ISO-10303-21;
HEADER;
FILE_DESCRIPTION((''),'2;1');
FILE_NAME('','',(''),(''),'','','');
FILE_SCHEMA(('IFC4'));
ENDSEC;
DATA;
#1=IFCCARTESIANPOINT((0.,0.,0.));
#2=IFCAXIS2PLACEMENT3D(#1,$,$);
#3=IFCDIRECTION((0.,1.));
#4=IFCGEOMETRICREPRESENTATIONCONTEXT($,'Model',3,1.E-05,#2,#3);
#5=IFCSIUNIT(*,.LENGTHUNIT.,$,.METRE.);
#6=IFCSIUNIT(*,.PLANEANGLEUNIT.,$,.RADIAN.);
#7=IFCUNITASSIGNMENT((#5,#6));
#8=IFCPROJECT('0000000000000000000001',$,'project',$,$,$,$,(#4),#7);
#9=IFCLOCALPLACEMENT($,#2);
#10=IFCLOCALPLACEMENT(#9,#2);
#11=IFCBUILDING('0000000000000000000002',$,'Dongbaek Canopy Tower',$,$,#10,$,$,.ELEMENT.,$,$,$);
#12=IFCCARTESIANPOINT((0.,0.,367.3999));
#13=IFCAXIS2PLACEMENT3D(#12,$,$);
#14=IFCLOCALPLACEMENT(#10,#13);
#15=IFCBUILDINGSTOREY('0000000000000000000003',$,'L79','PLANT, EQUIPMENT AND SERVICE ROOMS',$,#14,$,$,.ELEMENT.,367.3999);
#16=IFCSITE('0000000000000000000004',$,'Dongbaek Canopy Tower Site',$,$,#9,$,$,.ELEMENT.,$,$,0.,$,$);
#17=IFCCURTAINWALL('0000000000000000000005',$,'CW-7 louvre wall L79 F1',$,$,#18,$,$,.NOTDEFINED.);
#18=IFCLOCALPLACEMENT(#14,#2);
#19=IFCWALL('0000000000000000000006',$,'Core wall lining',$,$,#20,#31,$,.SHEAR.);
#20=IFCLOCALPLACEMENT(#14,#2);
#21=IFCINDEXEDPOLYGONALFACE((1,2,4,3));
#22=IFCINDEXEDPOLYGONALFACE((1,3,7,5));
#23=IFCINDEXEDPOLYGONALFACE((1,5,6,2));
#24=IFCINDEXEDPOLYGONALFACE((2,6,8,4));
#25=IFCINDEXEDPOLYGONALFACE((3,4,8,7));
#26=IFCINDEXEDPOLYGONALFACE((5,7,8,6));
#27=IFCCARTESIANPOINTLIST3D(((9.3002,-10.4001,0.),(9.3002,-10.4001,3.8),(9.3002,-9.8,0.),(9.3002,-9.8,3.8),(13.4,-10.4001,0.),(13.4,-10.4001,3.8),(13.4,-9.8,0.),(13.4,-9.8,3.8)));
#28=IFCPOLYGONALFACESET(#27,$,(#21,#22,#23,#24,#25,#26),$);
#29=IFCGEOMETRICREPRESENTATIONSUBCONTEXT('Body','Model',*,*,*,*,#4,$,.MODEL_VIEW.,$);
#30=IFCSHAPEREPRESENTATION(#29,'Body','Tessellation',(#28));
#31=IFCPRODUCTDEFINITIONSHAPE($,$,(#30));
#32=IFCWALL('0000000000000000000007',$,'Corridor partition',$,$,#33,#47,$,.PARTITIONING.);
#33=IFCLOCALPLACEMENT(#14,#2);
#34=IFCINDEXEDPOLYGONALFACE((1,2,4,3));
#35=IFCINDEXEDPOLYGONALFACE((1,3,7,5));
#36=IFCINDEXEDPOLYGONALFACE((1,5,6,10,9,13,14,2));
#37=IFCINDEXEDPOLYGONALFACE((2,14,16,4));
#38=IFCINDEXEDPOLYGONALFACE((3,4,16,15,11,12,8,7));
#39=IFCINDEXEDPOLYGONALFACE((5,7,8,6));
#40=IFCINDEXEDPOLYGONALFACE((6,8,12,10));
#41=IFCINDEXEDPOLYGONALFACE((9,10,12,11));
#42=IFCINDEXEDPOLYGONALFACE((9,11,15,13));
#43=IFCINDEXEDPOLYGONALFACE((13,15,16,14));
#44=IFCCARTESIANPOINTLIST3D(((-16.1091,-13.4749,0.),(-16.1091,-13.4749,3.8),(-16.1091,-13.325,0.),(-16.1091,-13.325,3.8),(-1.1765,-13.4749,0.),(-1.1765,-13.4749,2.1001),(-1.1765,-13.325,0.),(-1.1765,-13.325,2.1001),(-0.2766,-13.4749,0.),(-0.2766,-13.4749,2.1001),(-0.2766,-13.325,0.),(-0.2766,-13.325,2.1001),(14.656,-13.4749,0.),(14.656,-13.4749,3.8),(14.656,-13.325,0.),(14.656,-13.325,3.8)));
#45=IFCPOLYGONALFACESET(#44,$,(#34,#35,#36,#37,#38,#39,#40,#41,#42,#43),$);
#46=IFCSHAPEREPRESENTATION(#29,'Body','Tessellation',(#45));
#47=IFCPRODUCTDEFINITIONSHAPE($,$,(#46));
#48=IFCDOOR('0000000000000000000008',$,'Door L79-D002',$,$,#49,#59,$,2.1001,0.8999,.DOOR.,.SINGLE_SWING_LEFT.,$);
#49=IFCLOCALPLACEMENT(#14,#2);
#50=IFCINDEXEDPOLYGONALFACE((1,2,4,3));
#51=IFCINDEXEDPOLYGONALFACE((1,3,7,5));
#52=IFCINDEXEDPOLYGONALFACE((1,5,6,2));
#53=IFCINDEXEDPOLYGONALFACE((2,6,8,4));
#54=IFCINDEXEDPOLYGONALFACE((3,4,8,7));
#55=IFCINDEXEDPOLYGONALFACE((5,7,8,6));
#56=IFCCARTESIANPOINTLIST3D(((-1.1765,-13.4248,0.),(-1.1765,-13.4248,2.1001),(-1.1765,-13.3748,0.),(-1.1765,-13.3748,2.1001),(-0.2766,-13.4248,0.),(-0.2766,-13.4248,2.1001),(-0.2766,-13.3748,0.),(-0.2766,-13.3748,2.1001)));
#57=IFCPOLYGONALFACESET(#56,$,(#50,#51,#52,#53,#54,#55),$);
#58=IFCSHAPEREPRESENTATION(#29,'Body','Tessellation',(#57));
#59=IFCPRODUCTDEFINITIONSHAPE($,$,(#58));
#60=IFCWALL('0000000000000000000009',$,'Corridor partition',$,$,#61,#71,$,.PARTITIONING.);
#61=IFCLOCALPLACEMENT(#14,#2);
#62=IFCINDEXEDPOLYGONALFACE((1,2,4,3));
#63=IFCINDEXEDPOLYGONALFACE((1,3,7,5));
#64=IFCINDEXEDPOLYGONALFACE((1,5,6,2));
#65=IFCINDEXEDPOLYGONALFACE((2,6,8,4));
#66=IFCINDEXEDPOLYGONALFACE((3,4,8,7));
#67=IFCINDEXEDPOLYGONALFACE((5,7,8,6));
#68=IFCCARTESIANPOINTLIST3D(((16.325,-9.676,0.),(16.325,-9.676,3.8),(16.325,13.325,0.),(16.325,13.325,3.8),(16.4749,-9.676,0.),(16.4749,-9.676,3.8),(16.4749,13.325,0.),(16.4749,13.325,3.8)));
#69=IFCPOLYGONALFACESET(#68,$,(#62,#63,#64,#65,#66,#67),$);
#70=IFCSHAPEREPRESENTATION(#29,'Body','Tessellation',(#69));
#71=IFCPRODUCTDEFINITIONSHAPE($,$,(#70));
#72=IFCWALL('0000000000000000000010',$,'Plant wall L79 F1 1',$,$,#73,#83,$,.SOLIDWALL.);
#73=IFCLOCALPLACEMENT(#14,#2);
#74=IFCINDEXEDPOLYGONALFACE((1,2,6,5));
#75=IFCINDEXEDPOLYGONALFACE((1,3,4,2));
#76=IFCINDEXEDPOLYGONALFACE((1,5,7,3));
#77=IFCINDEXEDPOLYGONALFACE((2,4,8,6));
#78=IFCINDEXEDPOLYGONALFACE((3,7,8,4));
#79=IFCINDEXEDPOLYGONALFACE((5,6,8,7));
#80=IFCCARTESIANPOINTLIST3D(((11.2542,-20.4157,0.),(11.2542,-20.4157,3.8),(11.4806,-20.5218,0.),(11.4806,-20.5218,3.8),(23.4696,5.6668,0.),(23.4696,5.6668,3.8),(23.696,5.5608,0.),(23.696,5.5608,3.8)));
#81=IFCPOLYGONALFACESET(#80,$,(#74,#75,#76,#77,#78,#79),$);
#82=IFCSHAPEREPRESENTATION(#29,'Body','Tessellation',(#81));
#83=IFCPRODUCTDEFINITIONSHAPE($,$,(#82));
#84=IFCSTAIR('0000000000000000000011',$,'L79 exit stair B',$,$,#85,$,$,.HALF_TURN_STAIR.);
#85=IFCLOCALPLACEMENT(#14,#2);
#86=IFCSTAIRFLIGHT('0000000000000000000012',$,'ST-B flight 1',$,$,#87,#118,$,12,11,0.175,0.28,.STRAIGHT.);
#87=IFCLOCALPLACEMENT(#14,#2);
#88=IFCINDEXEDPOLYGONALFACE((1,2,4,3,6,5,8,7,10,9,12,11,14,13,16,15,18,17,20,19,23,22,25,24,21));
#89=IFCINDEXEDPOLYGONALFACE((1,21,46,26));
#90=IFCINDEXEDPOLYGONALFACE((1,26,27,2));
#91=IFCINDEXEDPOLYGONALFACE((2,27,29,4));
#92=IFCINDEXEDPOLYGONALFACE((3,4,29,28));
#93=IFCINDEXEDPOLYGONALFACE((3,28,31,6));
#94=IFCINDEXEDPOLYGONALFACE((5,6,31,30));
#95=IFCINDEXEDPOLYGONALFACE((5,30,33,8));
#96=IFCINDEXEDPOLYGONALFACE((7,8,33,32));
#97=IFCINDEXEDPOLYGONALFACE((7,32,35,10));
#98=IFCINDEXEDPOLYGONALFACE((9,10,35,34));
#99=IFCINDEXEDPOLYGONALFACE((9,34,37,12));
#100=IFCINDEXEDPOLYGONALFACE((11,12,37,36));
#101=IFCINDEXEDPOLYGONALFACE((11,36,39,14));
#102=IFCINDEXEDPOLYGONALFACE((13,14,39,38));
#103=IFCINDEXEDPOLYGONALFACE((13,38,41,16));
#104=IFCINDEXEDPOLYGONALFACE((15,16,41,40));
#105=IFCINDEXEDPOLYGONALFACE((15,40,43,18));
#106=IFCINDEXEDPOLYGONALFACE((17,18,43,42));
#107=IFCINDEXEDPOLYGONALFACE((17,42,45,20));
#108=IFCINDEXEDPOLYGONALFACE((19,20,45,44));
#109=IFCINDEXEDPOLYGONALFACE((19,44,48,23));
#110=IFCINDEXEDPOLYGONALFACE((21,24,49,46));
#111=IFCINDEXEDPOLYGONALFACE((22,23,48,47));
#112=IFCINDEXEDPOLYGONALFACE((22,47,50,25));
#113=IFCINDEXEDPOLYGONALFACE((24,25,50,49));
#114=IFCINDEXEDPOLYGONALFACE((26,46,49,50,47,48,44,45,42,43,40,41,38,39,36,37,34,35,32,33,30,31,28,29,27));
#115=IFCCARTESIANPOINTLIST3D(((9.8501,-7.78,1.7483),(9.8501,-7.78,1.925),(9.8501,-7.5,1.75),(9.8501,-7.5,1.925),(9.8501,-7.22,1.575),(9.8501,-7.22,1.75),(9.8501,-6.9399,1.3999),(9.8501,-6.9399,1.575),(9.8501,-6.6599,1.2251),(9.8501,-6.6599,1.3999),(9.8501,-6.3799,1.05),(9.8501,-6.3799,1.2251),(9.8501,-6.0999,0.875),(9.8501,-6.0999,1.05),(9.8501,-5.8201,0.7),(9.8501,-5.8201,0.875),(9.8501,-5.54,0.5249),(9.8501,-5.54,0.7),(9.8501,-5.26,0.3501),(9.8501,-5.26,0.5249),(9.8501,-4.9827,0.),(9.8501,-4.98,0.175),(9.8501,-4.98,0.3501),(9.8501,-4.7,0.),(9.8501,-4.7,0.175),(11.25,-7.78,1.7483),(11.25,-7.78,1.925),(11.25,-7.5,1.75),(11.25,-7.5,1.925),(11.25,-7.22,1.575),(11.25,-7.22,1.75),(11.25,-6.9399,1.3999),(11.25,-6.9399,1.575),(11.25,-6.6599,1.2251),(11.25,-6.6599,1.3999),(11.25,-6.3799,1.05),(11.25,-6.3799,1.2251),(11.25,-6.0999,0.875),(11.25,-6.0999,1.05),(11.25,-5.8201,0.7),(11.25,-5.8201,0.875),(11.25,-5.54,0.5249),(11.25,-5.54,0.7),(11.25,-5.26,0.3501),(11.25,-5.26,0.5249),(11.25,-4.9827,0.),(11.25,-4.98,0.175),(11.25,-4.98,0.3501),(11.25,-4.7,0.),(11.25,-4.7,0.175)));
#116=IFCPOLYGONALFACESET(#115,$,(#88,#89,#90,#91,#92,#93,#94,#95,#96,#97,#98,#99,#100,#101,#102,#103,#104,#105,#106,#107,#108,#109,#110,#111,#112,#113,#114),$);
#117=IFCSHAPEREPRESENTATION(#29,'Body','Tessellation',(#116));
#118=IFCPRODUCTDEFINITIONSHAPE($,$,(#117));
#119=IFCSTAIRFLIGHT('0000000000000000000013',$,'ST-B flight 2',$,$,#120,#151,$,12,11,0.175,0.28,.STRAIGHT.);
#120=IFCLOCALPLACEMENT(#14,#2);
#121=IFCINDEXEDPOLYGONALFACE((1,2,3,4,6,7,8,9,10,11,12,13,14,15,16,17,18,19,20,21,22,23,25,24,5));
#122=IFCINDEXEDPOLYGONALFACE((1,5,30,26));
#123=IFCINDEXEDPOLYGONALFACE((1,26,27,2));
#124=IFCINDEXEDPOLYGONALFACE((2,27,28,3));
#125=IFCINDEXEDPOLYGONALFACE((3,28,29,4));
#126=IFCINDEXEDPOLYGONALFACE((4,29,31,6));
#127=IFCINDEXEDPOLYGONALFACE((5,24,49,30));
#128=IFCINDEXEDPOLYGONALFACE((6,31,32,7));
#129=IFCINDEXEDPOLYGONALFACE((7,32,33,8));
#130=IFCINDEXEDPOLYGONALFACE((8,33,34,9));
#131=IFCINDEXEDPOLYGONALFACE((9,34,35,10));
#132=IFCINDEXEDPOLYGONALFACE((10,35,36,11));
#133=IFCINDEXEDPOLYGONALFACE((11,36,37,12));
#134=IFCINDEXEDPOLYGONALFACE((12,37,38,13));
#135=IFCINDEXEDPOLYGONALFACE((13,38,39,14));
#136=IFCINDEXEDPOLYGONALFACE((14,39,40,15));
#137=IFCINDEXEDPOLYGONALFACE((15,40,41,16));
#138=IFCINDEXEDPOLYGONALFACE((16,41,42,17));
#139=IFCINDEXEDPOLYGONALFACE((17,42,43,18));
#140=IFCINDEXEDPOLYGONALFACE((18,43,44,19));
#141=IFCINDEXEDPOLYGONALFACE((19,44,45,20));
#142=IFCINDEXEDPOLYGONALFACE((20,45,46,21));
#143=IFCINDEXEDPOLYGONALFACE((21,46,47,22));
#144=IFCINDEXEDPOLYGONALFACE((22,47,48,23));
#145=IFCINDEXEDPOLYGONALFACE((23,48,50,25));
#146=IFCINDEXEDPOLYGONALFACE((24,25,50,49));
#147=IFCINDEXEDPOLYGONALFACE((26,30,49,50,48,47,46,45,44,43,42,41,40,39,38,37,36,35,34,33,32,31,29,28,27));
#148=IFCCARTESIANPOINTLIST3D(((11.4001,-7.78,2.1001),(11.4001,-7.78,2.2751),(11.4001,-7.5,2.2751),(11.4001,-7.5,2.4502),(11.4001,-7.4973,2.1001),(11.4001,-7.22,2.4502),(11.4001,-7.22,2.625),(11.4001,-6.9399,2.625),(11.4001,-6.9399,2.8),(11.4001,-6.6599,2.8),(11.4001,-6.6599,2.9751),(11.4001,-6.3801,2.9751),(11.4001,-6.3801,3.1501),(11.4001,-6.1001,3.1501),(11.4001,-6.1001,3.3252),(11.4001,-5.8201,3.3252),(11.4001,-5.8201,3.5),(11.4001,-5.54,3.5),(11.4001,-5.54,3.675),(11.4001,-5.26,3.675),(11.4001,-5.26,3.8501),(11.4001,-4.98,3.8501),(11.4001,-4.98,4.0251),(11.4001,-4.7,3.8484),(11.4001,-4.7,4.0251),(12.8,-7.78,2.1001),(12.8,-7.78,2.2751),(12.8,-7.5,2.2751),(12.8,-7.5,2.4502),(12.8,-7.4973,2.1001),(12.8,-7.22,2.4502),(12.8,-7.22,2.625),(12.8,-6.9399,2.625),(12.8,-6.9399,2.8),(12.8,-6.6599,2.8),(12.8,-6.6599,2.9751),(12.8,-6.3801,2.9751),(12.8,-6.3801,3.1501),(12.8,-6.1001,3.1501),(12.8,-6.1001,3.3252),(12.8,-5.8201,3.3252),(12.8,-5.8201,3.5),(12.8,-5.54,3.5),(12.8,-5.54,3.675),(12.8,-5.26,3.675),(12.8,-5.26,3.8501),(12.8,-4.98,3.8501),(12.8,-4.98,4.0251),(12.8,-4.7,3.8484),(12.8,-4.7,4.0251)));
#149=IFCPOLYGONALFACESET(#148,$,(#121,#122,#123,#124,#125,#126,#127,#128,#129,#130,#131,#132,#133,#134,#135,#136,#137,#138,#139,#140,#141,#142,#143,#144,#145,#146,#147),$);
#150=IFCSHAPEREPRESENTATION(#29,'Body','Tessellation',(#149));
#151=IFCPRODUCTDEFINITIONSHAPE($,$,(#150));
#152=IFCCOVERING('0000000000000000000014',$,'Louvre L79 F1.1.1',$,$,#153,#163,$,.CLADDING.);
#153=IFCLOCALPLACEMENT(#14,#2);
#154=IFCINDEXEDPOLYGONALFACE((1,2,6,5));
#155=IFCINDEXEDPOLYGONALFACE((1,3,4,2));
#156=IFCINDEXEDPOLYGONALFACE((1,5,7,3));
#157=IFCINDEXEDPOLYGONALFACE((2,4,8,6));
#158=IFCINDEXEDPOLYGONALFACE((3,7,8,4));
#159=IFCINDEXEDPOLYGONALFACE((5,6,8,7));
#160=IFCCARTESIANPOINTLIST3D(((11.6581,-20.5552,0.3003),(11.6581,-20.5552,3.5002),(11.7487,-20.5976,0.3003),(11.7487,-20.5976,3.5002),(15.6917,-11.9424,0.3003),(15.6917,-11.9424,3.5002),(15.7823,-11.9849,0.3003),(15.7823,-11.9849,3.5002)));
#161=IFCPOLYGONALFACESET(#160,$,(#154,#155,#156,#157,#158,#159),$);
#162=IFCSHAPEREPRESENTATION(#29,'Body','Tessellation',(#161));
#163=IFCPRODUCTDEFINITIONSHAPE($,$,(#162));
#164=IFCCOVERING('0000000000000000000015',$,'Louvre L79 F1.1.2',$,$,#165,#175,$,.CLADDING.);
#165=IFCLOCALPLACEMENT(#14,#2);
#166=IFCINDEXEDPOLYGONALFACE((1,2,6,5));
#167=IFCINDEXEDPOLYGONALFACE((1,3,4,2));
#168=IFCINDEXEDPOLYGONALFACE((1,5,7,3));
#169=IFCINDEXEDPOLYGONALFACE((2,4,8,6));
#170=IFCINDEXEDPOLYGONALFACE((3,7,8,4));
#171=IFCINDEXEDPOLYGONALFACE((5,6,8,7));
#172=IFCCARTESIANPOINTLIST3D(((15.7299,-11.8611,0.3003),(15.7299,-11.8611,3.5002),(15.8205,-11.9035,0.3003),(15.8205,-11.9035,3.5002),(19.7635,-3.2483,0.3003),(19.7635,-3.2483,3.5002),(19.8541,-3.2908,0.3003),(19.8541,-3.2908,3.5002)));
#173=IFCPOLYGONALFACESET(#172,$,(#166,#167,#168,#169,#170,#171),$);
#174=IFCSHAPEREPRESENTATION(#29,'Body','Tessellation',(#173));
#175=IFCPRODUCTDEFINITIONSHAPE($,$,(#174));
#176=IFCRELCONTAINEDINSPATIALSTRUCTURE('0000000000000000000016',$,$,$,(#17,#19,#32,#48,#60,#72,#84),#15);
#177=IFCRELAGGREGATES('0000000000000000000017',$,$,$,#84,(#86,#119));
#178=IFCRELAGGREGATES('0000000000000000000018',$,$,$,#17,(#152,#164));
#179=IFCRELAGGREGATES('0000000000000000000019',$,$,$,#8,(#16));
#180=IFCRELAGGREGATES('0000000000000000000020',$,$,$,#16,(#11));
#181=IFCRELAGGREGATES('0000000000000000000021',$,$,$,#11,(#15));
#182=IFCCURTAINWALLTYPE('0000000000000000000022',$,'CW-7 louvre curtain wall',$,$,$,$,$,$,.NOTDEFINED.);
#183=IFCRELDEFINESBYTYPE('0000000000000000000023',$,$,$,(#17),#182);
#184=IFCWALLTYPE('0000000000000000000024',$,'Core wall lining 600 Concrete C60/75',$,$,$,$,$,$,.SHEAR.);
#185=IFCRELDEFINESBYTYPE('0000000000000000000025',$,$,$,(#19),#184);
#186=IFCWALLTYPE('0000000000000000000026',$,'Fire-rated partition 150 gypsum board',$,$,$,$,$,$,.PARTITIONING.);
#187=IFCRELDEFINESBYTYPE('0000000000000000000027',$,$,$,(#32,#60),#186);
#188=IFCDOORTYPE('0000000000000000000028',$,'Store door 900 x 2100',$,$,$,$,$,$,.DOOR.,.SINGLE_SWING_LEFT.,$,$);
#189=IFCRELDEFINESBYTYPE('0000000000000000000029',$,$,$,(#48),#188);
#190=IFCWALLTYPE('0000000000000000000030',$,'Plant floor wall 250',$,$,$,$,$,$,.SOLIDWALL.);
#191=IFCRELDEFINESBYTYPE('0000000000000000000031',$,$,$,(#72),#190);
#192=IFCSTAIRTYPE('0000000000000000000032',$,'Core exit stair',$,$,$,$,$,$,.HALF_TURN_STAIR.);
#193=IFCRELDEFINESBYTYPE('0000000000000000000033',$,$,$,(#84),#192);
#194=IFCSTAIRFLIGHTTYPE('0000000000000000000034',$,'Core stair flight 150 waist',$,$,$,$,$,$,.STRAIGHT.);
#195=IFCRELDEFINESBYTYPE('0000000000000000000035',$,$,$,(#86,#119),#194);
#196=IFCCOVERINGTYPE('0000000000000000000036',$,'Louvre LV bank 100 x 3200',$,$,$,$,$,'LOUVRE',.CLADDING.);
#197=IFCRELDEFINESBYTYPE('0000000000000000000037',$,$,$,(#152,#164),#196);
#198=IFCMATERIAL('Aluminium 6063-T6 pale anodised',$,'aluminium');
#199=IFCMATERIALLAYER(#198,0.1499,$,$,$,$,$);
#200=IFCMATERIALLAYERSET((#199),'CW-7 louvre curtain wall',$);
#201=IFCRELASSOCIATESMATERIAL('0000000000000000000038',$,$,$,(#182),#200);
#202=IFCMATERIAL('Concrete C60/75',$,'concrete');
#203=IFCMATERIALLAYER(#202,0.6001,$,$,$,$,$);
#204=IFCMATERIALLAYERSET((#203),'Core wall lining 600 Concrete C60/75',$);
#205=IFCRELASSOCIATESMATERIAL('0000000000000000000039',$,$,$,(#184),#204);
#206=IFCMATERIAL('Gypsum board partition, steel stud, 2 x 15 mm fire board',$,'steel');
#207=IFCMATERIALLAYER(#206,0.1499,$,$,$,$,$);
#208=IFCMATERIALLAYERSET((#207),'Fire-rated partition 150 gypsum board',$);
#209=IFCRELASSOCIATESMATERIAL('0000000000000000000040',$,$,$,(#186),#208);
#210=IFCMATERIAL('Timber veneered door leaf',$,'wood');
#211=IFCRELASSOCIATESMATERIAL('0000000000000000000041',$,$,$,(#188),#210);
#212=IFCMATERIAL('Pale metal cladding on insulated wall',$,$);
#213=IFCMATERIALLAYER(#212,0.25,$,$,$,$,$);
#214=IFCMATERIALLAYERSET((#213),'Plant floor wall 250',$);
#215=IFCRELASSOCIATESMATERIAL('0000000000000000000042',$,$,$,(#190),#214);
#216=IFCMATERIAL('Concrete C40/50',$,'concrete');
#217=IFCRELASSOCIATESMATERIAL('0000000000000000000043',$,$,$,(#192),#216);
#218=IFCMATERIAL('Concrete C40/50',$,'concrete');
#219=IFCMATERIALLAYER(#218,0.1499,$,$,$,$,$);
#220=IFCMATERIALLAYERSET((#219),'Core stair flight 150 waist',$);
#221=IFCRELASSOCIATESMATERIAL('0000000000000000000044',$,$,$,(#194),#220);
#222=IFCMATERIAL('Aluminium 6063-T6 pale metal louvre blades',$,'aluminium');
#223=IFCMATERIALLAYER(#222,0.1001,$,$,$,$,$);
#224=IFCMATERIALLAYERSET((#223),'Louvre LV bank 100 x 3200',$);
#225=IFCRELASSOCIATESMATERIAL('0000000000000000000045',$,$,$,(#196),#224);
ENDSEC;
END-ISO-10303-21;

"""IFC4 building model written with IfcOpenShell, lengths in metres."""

from ifc_helpers import new_model, si_unit, direction, frame, frame_2d, origin, origin_2d, place, context, subcontext, project, spatial, polyline, rectangle, outline, extrude, material, layer, layer_set, type_object, element, fill, aggregate, save


model = new_model("IFC4")

# Units and contexts
model_context = context("Model", 3, precision=1e-05, world=origin(), true_north=direction((0.0, 1.0)))
body_context = subcontext(model_context, "Body", "Model", "MODEL_VIEW")
ifc_project = project(units=[si_unit("LENGTHUNIT", "METRE"), si_unit("PLANEANGLEUNIT", "RADIAN")], contexts=[model_context])

# Site, building, storey
site_placement = place(None, origin())
site = spatial("IfcSite", under=ifc_project, at=site_placement, Name="Dongbaek Canopy Tower Site", CompositionType="ELEMENT", RefElevation=0.0)
building_placement = place(site_placement, origin())
building = spatial("IfcBuilding", under=site, at=building_placement, Name="Dongbaek Canopy Tower", CompositionType="ELEMENT")
storey_placement = place(building_placement, frame((0.0, 0.0, 367.3999)))
storey = spatial("IfcBuildingStorey", under=building, at=storey_placement, Name="L79", Description="PLANT, EQUIPMENT AND SERVICE ROOMS", CompositionType="ELEMENT", Elevation=367.3999)

# Shared definitions
ifc_material_1 = material(Name="Aluminium 6063-T6 pale anodised", Category="aluminium")
ifc_layer_1 = layer(ifc_material_1, 0.1499)
ifc_layer_set_1 = layer_set([ifc_layer_1], Name="CW-7 louvre curtain wall")
curtain_wall_type = type_object("IfcCurtainWallType", Name="CW-7 louvre curtain wall", PredefinedType="NOTDEFINED", material=ifc_layer_set_1)

# Curtain wall
curtain_wall_1_placement = place(storey_placement, origin())
curtain_wall_1 = element("IfcCurtainWall", 1, at=curtain_wall_1_placement, inside=storey, type_object=curtain_wall_type, Name="CW-7 louvre wall L79 F1", PredefinedType="NOTDEFINED")

# Wall
ifc_material_2 = material(Name="Concrete C60/75", Category="concrete")
ifc_layer_2 = layer(ifc_material_2, 0.6001)
ifc_layer_set_2 = layer_set([ifc_layer_2], Name="Core wall lining 600 Concrete C60/75")
wall_type_1 = type_object("IfcWallType", Name="Core wall lining 600 Concrete C60/75", PredefinedType="SHEAR", material=ifc_layer_set_2)
wall_1_placement = place(storey_placement, frame((13.3999, -10.1001, 0.0), z_axis=(0.0, 0.0, 1.0), x_axis=(-1.0, 0.0, 0.0)))
element("IfcWall", 2, at=wall_1_placement, inside=storey, type_object=wall_type_1, Name="Core wall lining", PredefinedType="SHEAR", context=body_context, shape_type="SweptSolid", body=[
    extrude(rectangle(XDim=4.0999, YDim=0.6001, at=frame_2d((2.0498, 0.0))), origin(), (0.0, 0.0, 1.0), 3.8),
])

# Wall, opening, door
ifc_material_3 = material(Name="Gypsum board partition, steel stud, 2 x 15 mm fire board", Category="steel")
ifc_layer_3 = layer(ifc_material_3, 0.1499)
ifc_layer_set_3 = layer_set([ifc_layer_3], Name="Fire-rated partition 150 gypsum board")
wall_type_2 = type_object("IfcWallType", Name="Fire-rated partition 150 gypsum board", PredefinedType="PARTITIONING", material=ifc_layer_set_3)
wall_2_placement = place(storey_placement, frame((14.656, -13.3999, 0.0), z_axis=(0.0, 0.0, 1.0), x_axis=(-1.0, 0.0, 0.0)))
wall_2 = element("IfcWall", 3, at=wall_2_placement, inside=storey, type_object=wall_type_2, Name="Corridor partition", PredefinedType="PARTITIONING", context=body_context, shape_type="SweptSolid", body=[
    extrude(rectangle(XDim=30.7651, YDim=0.1499, at=frame_2d((15.3826, 0.0))), origin(), (0.0, 0.0, 1.0), 3.8),
])
opening_1_placement = place(wall_2_placement, frame((14.9326, 0.0, 0.0)))
opening_1 = element("IfcOpeningElement", 4, at=opening_1_placement, cuts=wall_2, PredefinedType="OPENING", context=body_context, shape_type="SweptSolid", body=[
    extrude(rectangle(XDim=0.8999, YDim=2.1001, at=frame_2d((0.45, 1.05))), frame((0.0, 0.085, 0.0), z_axis=(0.0, -1.0, 0.0), x_axis=(1.0, 0.0, 0.0)), (0.0, 0.0, 1.0), 0.1699),
])
ifc_material_4 = material(Name="Timber veneered door leaf", Category="wood")
door_type_1 = type_object("IfcDoorType", Name="Store door 900 x 2100", OperationType="SINGLE_SWING_LEFT", PredefinedType="DOOR", material=ifc_material_4)
door_1_placement = place(opening_1_placement, origin())
door_1 = element("IfcDoor", 5, at=door_1_placement, inside=storey, type_object=door_type_1, Name="Door L79-D002", OperationType="SINGLE_SWING_LEFT", OverallHeight=2.1001, OverallWidth=0.8999, PredefinedType="DOOR", context=body_context, shape_type="SweptSolid", body=[
    extrude(rectangle(XDim=0.8999, YDim=2.1001, at=frame_2d((0.45, 1.05))), frame((0.0, 0.0249, 0.0), z_axis=(0.0, -1.0, 0.0), x_axis=(1.0, 0.0, 0.0)), (0.0, 0.0, 1.0), 0.05),
])
fill(opening_1, door_1)

# Walls
wall_3_placement = place(storey_placement, frame((16.3999, -9.676, 0.0), z_axis=(0.0, 0.0, 1.0), x_axis=(0.0, 1.0, 0.0)))
element("IfcWall", 6, at=wall_3_placement, inside=storey, type_object=wall_type_2, Name="Corridor partition", PredefinedType="PARTITIONING", context=body_context, shape_type="SweptSolid", body=[
    extrude(rectangle(XDim=23.001, YDim=0.1499, at=frame_2d((11.5005, 0.0))), origin(), (0.0, 0.0, 1.0), 3.8),
])
ifc_material_5 = material(Name="Pale metal cladding on insulated wall")
ifc_layer_4 = layer(ifc_material_5, 0.25)
ifc_layer_set_4 = layer_set([ifc_layer_4], Name="Plant floor wall 250")
wall_type_3 = type_object("IfcWallType", Name="Plant floor wall 250", PredefinedType="SOLIDWALL", material=ifc_layer_set_4)
wall_4_placement = place(storey_placement, frame((11.3674, -20.4688, 0.0), z_axis=(0.0, 0.0, 1.0), x_axis=(0.424125, 0.905604, 0.0)))
element("IfcWall", 7, at=wall_4_placement, inside=storey, type_object=wall_type_3, Name="Plant wall L79 F1 1", PredefinedType="SOLIDWALL", context=body_context, shape_type="SweptSolid", body=[
    extrude(rectangle(XDim=28.8013, YDim=0.25, at=frame_2d((14.4006, 0.0))), origin(), (0.0, 0.0, 1.0), 3.8),
])

# Stair, stair flights
ifc_material_6 = material(Name="Concrete C40/50", Category="concrete")
stair_type = type_object("IfcStairType", Name="Core exit stair", PredefinedType="HALF_TURN_STAIR", material=ifc_material_6)
stair_placement = place(storey_placement, origin())
stair = element("IfcStair", 8, at=stair_placement, inside=storey, type_object=stair_type, Name="L79 exit stair B", PredefinedType="HALF_TURN_STAIR")
ifc_material_7 = material(Name="Concrete C40/50", Category="concrete")
ifc_layer_5 = layer(ifc_material_7, 0.1499)
ifc_layer_set_5 = layer_set([ifc_layer_5], Name="Core stair flight 150 waist")
stair_flight_type = type_object("IfcStairFlightType", Name="Core stair flight 150 waist", PredefinedType="STRAIGHT", material=ifc_layer_set_5)
stair_flight_1_placement = place(storey_placement, frame((10.55, -4.7, 0.0), z_axis=(0.0, 0.0, 1.0), x_axis=(0.0, -1.0, 0.0)))
stair_flight_1 = element("IfcStairFlight", 9, at=stair_flight_1_placement, type_object=stair_flight_type, Name="ST-B flight 1", NumberOfRisers=12, NumberOfTreads=11, PredefinedType="STRAIGHT", RiserHeight=0.175, TreadLength=0.28, context=body_context, shape_type="SweptSolid", body=[
    extrude(outline(polyline([(0.0, 0.0), (0.0, 0.175), (0.28, 0.175), (0.28, 0.3501), (0.5601, 0.3501), (0.5601, 0.5249), (0.8401, 0.5249), (0.8401, 0.7), (1.1201, 0.7), (1.1201, 0.875), (1.3999, 0.875), (1.3999, 1.05), (1.6799, 1.05), (1.6799, 1.2251), (1.96, 1.2251), (1.96, 1.3999), (2.24, 1.3999), (2.24, 1.575), (2.52, 1.575), (2.52, 1.75), (2.8, 1.75), (2.8, 1.925), (3.0801, 1.925), (3.0801, 2.1001), (3.0801, 1.7483), (0.2827, 0.0), (0.0, 0.0)])), frame((0.0, 0.7, 0.0), z_axis=(0.0, -1.0, 0.0), x_axis=(1.0, 0.0, 0.0)), (0.0, 0.0, 1.0), 1.3999),
])
stair_flight_2_placement = place(storey_placement, frame((12.1001, -7.78, 2.1001), z_axis=(0.0, 0.0, 1.0), x_axis=(0.0, 1.0, 0.0)))
stair_flight_2 = element("IfcStairFlight", 10, at=stair_flight_2_placement, type_object=stair_flight_type, Name="ST-B flight 2", NumberOfRisers=12, NumberOfTreads=11, PredefinedType="STRAIGHT", RiserHeight=0.175, TreadLength=0.28, context=body_context, shape_type="SweptSolid", body=[
    extrude(outline(polyline([(0.0, 0.0), (0.0, 0.175), (0.28, 0.175), (0.28, 0.3501), (0.5601, 0.3501), (0.5601, 0.5249), (0.8401, 0.5249), (0.8401, 0.7), (1.1201, 0.7), (1.1201, 0.875), (1.3999, 0.875), (1.3999, 1.05), (1.6799, 1.05), (1.6799, 1.2251), (1.96, 1.2251), (1.96, 1.3999), (2.24, 1.3999), (2.24, 1.575), (2.52, 1.575), (2.52, 1.75), (2.8, 1.75), (2.8, 1.925), (3.0801, 1.925), (3.0801, 2.1001), (3.0801, 1.7483), (0.2827, 0.0), (0.0, 0.0)])), frame((0.0, 0.7, 0.0), z_axis=(0.0, -1.0, 0.0), x_axis=(1.0, 0.0, 0.0)), (0.0, 0.0, 1.0), 1.3999),
])
aggregate(stair, [stair_flight_1, stair_flight_2])

# Coverings
ifc_material_8 = material(Name="Aluminium 6063-T6 pale metal louvre blades", Category="aluminium")
ifc_layer_6 = layer(ifc_material_8, 0.1001)
ifc_layer_set_6 = layer_set([ifc_layer_6], Name="Louvre LV bank 100 x 3200")
covering_type = type_object("IfcCoveringType", Name="Louvre LV bank 100 x 3200", ElementType="LOUVRE", PredefinedType="CLADDING", material=ifc_layer_set_6)
covering_1_placement = place(storey_placement, frame((13.7202, -16.27, 0.3003), z_axis=(0.0, 0.0, 1.0), x_axis=(0.424123, 0.905605, 0.0)))
covering_1 = element("IfcCovering", 11, at=covering_1_placement, type_object=covering_type, Name="Louvre L79 F1.1.1", PredefinedType="CLADDING", context=body_context, shape_type="SweptSolid", body=[
    extrude(rectangle(XDim=9.5105, YDim=0.1001, at=origin_2d()), origin(), (0.0, 0.0, 1.0), 3.2),
])
covering_2_placement = place(storey_placement, frame((17.792, -7.5759, 0.3003), z_axis=(0.0, 0.0, 1.0), x_axis=(0.424123, 0.905605, 0.0)))
covering_2 = element("IfcCovering", 12, at=covering_2_placement, type_object=covering_type, Name="Louvre L79 F1.1.2", PredefinedType="CLADDING", context=body_context, shape_type="SweptSolid", body=[
    extrude(rectangle(XDim=9.5105, YDim=0.1001, at=origin_2d()), origin(), (0.0, 0.0, 1.0), 3.2),
])

aggregate(curtain_wall_1, [covering_1, covering_2])

save(model, "model.ifc")
